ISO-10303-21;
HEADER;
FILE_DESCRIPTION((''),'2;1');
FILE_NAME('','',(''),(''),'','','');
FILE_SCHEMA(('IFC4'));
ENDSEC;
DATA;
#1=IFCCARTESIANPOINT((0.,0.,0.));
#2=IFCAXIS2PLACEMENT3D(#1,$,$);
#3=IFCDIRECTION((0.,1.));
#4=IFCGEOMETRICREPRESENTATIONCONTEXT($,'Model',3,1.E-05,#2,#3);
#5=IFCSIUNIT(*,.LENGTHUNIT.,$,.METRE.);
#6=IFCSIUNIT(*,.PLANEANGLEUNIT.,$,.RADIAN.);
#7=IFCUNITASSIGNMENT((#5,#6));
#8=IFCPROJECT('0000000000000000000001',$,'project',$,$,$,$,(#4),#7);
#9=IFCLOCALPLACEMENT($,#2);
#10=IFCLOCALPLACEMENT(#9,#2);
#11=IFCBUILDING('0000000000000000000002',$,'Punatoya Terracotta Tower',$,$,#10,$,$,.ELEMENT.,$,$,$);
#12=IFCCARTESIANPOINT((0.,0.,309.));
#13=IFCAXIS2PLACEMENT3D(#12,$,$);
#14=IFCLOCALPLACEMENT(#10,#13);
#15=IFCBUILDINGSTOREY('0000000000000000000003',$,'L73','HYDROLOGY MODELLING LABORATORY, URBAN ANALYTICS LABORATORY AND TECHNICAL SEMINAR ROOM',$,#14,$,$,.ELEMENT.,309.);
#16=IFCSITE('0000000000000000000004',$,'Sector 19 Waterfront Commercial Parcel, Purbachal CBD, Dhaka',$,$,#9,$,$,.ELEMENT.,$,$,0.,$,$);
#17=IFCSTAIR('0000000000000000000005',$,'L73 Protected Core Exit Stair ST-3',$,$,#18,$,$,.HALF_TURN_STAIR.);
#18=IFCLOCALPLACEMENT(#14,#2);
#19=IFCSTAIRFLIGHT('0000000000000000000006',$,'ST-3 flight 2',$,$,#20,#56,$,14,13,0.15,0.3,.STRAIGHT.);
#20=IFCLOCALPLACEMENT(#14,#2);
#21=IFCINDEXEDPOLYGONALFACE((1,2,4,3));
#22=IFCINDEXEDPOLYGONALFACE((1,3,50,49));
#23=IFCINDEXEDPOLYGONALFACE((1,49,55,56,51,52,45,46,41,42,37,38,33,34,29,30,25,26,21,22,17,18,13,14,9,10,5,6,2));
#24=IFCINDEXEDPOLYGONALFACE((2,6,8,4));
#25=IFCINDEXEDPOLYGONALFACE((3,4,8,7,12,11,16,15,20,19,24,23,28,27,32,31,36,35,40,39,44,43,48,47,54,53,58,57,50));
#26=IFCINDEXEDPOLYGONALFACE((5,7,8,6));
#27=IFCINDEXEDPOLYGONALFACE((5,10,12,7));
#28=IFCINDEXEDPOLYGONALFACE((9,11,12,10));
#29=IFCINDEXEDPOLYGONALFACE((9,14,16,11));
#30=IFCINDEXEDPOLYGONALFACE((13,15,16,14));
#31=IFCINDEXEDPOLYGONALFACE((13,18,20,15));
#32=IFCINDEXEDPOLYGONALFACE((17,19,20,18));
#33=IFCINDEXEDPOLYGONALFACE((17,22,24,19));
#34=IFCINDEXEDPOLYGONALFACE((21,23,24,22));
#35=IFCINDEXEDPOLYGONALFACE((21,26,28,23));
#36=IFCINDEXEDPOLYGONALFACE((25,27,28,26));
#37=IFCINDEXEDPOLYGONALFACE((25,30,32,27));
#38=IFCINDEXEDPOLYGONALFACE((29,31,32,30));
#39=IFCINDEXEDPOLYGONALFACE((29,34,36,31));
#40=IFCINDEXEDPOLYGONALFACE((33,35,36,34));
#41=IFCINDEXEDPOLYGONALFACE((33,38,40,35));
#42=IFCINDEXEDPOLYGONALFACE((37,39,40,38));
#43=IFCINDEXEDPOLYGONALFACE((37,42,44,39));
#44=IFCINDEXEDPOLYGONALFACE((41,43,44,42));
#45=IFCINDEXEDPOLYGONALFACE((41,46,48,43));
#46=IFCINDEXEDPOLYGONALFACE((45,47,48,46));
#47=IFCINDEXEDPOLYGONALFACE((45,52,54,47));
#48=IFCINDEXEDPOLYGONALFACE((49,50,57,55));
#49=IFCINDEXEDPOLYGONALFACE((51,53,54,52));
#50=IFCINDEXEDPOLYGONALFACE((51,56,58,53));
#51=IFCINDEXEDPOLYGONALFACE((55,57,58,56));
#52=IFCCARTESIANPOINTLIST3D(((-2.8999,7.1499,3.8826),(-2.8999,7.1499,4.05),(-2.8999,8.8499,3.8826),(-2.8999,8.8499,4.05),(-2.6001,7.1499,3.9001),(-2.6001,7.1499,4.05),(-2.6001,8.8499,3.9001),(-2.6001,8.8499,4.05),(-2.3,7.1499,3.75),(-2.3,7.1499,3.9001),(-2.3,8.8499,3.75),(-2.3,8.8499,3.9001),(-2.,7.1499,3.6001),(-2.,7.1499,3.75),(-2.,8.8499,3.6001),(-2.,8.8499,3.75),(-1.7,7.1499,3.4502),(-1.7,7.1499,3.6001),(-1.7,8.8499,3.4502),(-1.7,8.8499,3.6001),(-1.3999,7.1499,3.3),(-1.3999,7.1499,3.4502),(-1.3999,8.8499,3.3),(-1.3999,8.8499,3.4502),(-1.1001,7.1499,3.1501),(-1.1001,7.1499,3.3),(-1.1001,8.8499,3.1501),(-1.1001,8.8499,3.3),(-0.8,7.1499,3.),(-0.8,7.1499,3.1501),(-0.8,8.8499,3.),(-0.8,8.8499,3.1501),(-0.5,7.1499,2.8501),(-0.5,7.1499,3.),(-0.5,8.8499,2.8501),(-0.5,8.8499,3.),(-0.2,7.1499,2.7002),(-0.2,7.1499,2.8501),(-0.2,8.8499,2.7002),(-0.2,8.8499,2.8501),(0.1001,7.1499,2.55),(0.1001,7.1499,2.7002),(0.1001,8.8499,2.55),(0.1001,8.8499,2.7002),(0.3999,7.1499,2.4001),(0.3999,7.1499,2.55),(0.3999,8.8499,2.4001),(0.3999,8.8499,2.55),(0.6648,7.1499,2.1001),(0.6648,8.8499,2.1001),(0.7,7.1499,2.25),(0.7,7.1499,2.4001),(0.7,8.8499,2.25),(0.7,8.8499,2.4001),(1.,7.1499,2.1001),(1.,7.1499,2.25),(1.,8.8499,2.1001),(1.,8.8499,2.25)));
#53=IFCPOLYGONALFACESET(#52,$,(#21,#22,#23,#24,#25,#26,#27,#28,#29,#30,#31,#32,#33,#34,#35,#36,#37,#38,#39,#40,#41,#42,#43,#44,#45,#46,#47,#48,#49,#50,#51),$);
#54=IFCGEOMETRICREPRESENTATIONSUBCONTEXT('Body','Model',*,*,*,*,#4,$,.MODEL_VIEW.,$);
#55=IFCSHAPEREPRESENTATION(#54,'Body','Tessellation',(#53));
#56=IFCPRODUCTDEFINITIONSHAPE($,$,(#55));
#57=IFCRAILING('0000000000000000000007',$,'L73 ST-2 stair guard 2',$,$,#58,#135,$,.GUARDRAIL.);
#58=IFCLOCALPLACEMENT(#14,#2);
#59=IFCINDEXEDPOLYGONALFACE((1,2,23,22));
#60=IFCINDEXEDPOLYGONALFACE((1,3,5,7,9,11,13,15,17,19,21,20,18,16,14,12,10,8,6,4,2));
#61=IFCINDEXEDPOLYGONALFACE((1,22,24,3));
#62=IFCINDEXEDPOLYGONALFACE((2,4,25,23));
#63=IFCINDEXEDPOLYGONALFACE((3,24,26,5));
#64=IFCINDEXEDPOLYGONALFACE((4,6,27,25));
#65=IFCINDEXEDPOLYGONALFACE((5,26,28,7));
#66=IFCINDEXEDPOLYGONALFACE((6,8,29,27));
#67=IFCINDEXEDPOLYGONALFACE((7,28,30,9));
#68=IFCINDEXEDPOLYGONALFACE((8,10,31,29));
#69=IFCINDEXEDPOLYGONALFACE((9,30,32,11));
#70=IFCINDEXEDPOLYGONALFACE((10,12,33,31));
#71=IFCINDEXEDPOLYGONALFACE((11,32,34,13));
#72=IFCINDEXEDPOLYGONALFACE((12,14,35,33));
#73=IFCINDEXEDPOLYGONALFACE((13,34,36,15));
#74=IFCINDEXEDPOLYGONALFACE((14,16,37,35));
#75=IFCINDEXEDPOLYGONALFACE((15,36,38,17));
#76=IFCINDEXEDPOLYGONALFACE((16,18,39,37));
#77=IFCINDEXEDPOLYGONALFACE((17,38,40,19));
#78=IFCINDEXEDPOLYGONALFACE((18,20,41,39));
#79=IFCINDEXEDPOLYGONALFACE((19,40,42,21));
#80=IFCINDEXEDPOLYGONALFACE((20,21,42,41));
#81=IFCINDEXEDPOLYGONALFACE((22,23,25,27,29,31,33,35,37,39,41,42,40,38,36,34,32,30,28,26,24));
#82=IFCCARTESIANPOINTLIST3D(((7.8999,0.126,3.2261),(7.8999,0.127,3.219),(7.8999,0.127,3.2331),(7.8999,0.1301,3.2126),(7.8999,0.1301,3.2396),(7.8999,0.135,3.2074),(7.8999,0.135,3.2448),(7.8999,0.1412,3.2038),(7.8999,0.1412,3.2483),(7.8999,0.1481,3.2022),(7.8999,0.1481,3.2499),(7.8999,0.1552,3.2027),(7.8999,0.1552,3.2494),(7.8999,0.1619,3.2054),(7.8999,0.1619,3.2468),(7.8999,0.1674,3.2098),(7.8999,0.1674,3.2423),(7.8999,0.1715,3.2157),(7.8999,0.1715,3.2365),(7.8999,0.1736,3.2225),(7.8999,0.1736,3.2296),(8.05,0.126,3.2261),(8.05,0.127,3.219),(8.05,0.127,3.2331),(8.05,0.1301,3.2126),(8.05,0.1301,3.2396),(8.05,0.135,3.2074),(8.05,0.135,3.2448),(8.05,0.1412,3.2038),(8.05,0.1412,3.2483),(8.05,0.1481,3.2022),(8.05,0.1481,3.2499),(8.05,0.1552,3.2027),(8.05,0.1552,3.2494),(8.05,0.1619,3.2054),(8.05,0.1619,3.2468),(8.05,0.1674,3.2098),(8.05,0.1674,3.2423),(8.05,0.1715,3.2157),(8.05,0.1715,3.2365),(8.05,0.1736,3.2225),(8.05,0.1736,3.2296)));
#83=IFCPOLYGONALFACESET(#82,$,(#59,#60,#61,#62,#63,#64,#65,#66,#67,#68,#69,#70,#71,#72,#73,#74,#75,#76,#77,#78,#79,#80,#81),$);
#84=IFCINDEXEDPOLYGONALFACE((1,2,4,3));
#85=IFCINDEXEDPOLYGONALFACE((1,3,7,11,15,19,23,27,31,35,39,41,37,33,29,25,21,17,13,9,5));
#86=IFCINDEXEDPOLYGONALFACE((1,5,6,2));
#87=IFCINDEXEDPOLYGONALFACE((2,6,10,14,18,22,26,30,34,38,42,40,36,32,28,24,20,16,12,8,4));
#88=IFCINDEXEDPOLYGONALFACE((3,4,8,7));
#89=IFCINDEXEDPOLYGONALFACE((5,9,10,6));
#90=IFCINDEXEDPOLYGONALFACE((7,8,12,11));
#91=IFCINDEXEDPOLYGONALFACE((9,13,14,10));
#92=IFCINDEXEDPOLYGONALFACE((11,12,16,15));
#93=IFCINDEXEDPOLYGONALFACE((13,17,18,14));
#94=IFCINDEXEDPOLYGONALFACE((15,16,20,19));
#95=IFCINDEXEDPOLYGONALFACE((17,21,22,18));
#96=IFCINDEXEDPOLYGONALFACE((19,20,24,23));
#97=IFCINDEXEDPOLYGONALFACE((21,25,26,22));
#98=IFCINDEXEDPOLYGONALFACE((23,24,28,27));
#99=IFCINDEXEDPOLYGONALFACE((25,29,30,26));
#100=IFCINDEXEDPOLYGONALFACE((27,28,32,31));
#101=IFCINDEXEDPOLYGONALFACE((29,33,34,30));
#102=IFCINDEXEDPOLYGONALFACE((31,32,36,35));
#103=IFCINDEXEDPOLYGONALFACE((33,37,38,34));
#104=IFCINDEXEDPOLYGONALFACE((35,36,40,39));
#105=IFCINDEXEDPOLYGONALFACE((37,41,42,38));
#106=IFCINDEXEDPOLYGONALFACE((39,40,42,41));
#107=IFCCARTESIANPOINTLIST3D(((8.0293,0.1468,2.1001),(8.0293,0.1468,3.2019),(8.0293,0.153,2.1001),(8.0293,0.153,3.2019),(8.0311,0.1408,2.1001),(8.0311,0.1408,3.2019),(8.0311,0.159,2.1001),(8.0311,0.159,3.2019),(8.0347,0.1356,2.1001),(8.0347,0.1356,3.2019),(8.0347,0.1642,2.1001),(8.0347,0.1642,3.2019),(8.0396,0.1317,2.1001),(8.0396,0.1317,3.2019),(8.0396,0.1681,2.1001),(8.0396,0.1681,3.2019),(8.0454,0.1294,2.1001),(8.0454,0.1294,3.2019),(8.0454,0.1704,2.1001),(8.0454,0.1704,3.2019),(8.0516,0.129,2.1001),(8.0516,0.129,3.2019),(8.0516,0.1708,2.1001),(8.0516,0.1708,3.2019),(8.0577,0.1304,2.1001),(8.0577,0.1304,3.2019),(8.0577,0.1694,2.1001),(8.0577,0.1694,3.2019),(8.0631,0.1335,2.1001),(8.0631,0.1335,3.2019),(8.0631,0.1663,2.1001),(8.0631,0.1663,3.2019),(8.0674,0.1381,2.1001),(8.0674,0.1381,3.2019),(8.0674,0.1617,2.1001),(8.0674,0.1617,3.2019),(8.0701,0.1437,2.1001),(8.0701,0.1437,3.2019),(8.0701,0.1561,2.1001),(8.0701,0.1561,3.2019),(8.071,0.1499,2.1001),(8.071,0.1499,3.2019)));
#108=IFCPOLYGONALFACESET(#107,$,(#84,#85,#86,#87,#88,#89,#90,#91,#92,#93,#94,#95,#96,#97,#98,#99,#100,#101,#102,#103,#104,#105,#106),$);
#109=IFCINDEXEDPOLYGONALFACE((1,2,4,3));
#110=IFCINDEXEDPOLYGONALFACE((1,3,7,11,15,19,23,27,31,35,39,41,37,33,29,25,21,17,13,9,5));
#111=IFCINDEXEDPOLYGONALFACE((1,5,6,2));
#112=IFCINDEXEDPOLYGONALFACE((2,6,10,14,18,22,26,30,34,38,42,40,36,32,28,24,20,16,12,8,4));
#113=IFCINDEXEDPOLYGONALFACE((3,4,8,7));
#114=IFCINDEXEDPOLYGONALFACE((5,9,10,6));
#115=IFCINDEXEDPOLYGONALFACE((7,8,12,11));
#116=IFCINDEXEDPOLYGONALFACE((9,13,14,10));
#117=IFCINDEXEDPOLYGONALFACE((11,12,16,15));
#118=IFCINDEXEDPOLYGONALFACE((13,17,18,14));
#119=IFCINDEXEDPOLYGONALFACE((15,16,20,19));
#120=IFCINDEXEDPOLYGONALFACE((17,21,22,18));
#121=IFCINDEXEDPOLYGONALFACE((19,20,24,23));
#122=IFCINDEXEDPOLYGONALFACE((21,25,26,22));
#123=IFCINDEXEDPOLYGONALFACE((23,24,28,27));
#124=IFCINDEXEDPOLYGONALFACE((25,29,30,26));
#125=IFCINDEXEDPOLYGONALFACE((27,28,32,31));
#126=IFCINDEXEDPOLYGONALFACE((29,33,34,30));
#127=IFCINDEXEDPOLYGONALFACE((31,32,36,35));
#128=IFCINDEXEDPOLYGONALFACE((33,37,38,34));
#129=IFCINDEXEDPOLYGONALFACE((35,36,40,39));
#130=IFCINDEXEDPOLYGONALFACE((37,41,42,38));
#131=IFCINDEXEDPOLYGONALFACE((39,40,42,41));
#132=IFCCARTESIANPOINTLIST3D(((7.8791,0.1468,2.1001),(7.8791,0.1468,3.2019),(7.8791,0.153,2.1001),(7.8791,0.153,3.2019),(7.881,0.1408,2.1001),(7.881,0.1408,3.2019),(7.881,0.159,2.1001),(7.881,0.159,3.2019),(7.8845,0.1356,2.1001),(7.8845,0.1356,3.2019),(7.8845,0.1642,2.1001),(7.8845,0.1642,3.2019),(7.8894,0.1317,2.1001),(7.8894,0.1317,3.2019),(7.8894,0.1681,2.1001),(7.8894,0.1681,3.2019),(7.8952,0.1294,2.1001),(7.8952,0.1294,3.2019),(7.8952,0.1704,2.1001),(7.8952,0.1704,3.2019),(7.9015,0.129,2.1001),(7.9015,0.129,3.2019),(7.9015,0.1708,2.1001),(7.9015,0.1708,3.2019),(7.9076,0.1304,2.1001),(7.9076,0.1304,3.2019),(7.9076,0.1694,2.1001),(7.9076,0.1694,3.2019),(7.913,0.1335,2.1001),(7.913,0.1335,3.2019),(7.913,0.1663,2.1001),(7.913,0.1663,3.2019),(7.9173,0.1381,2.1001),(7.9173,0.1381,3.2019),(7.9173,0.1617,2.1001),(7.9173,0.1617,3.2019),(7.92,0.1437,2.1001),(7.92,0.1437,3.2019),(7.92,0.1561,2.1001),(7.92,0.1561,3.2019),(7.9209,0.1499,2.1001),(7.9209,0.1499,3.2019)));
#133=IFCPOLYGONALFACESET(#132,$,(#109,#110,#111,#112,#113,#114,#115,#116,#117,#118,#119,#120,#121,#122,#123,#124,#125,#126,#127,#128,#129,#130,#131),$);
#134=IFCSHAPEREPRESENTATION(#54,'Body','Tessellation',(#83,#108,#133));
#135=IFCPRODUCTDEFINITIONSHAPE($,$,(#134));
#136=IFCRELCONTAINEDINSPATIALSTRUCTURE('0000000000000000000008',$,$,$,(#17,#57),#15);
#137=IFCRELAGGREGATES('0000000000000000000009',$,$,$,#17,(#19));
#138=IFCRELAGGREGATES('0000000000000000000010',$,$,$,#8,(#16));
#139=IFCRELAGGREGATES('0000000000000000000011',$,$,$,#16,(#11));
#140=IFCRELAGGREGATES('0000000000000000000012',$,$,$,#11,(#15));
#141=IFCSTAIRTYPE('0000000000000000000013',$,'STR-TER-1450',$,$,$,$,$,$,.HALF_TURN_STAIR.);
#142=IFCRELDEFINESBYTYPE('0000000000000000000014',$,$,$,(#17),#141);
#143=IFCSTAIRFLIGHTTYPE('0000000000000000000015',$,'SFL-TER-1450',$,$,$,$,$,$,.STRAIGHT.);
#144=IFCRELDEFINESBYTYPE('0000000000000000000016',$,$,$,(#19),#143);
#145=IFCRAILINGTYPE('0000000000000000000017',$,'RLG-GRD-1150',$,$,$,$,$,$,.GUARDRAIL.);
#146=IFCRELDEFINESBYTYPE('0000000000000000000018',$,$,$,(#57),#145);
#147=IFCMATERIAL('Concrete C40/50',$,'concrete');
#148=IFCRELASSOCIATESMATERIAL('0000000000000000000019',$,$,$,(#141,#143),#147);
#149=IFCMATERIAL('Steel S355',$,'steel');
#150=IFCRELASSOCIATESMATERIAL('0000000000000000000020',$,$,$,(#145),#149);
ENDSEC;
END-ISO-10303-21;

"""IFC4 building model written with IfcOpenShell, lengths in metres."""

from ifc_helpers import new_model, si_unit, direction, frame, origin, origin_2d, place, context, subcontext, project, spatial, polyline, circle, outline, extrude, material, type_object, element, aggregate, save


model = new_model("IFC4")

# Units and contexts
model_context = context("Model", 3, precision=1e-05, world=origin(), true_north=direction((0.0, 1.0)))
body_context = subcontext(model_context, "Body", "Model", "MODEL_VIEW")
ifc_project = project(units=[si_unit("LENGTHUNIT", "METRE"), si_unit("PLANEANGLEUNIT", "RADIAN")], contexts=[model_context])

# Site, building, storey
site_placement = place(None, origin())
site = spatial("IfcSite", under=ifc_project, at=site_placement, Name="Sector 19 Waterfront Commercial Parcel, Purbachal CBD, Dhaka", CompositionType="ELEMENT", RefElevation=0.0)
building_placement = place(site_placement, origin())
building = spatial("IfcBuilding", under=site, at=building_placement, Name="Punatoya Terracotta Tower", CompositionType="ELEMENT")
storey_placement = place(building_placement, frame((0.0, 0.0, 309.0)))
storey = spatial("IfcBuildingStorey", under=building, at=storey_placement, Name="L73", Description="HYDROLOGY MODELLING LABORATORY, URBAN ANALYTICS LABORATORY AND TECHNICAL SEMINAR ROOM", CompositionType="ELEMENT", Elevation=309.0)

# Shared definitions
ifc_material_1 = material(Name="Steel S355", Category="steel")

# Shared definitions
ifc_material_2 = material(Name="Concrete C40/50", Category="concrete")

# Stair, stair flight
stair_type_1 = type_object("IfcStairType", Name="STR-TER-1450", PredefinedType="HALF_TURN_STAIR", material=ifc_material_2)
stair_1_placement = place(storey_placement, origin())
stair_1 = element("IfcStair", 1, at=stair_1_placement, inside=storey, type_object=stair_type_1, Name="L73 Protected Core Exit Stair ST-3", PredefinedType="HALF_TURN_STAIR")
stair_flight_type_1 = type_object("IfcStairFlightType", Name="SFL-TER-1450", PredefinedType="STRAIGHT", material=ifc_material_2)
stair_flight_1_placement = place(storey_placement, frame((1.0, 8.0, 2.1001), z_axis=(0.0, 0.0, 1.0), x_axis=(-1.0, 0.0, 0.0)))
stair_flight_1 = element("IfcStairFlight", 2, at=stair_flight_1_placement, type_object=stair_flight_type_1, Name="ST-3 flight 2", NumberOfRisers=14, NumberOfTreads=13, PredefinedType="STRAIGHT", RiserHeight=0.15, TreadLength=0.3, context=body_context, shape_type="SweptSolid", body=[
    extrude(outline(polyline([(0.0, 0.0), (0.0, 0.1499), (0.3, 0.1499), (0.3, 0.3), (0.6001, 0.3), (0.6001, 0.45), (0.8999, 0.45), (0.8999, 0.6001), (1.2, 0.6001), (1.2, 0.75), (1.5, 0.75), (1.5, 0.8999), (1.8, 0.8999), (1.8, 1.05), (2.1001, 1.05), (2.1001, 1.2), (2.3999, 1.2), (2.3999, 1.3501), (2.7, 1.3501), (2.7, 1.5), (3.0, 1.5), (3.0, 1.6499), (3.3, 1.6499), (3.3, 1.8), (3.6001, 1.8), (3.6001, 1.95), (3.8999, 1.95), (3.8999, 2.1001), (3.8999, 1.7825), (0.3352, 0.0), (0.0, 0.0)])), frame((0.0, 0.8501, 0.0), z_axis=(0.0, -1.0, 0.0), x_axis=(1.0, 0.0, 0.0)), (0.0, 0.0, 1.0), 1.7),
])
aggregate(stair_1, [stair_flight_1])

# Railing
railing_type_1 = type_object("IfcRailingType", Name="RLG-GRD-1150", PredefinedType="GUARDRAIL", material=ifc_material_1)
railing_1_placement = place(storey_placement, frame((8.05, 0.1499, 2.1001)))
element("IfcRailing", 3, at=railing_1_placement, inside=storey, type_object=railing_type_1, Name="L73 ST-2 stair guard 2", PredefinedType="GUARDRAIL", context=body_context, shape_type="SweptSolid", body=[
    extrude(circle(Radius=0.0239, at=origin_2d()), frame((0.0, 0.0, 1.126), z_axis=(-1.0, 0.0, 0.0), x_axis=(0.0, -1.0, 0.0)), (0.0, 0.0, 1.0), 0.1501),
    extrude(circle(Radius=0.021, at=origin_2d()), origin(), (0.0, 0.0, 1.0), 1.1018),
    extrude(circle(Radius=0.021, at=origin_2d()), frame((-0.1501, 0.0, 0.0)), (0.0, 0.0, 1.0), 1.1018),
])

save(model, "model.ifc")
